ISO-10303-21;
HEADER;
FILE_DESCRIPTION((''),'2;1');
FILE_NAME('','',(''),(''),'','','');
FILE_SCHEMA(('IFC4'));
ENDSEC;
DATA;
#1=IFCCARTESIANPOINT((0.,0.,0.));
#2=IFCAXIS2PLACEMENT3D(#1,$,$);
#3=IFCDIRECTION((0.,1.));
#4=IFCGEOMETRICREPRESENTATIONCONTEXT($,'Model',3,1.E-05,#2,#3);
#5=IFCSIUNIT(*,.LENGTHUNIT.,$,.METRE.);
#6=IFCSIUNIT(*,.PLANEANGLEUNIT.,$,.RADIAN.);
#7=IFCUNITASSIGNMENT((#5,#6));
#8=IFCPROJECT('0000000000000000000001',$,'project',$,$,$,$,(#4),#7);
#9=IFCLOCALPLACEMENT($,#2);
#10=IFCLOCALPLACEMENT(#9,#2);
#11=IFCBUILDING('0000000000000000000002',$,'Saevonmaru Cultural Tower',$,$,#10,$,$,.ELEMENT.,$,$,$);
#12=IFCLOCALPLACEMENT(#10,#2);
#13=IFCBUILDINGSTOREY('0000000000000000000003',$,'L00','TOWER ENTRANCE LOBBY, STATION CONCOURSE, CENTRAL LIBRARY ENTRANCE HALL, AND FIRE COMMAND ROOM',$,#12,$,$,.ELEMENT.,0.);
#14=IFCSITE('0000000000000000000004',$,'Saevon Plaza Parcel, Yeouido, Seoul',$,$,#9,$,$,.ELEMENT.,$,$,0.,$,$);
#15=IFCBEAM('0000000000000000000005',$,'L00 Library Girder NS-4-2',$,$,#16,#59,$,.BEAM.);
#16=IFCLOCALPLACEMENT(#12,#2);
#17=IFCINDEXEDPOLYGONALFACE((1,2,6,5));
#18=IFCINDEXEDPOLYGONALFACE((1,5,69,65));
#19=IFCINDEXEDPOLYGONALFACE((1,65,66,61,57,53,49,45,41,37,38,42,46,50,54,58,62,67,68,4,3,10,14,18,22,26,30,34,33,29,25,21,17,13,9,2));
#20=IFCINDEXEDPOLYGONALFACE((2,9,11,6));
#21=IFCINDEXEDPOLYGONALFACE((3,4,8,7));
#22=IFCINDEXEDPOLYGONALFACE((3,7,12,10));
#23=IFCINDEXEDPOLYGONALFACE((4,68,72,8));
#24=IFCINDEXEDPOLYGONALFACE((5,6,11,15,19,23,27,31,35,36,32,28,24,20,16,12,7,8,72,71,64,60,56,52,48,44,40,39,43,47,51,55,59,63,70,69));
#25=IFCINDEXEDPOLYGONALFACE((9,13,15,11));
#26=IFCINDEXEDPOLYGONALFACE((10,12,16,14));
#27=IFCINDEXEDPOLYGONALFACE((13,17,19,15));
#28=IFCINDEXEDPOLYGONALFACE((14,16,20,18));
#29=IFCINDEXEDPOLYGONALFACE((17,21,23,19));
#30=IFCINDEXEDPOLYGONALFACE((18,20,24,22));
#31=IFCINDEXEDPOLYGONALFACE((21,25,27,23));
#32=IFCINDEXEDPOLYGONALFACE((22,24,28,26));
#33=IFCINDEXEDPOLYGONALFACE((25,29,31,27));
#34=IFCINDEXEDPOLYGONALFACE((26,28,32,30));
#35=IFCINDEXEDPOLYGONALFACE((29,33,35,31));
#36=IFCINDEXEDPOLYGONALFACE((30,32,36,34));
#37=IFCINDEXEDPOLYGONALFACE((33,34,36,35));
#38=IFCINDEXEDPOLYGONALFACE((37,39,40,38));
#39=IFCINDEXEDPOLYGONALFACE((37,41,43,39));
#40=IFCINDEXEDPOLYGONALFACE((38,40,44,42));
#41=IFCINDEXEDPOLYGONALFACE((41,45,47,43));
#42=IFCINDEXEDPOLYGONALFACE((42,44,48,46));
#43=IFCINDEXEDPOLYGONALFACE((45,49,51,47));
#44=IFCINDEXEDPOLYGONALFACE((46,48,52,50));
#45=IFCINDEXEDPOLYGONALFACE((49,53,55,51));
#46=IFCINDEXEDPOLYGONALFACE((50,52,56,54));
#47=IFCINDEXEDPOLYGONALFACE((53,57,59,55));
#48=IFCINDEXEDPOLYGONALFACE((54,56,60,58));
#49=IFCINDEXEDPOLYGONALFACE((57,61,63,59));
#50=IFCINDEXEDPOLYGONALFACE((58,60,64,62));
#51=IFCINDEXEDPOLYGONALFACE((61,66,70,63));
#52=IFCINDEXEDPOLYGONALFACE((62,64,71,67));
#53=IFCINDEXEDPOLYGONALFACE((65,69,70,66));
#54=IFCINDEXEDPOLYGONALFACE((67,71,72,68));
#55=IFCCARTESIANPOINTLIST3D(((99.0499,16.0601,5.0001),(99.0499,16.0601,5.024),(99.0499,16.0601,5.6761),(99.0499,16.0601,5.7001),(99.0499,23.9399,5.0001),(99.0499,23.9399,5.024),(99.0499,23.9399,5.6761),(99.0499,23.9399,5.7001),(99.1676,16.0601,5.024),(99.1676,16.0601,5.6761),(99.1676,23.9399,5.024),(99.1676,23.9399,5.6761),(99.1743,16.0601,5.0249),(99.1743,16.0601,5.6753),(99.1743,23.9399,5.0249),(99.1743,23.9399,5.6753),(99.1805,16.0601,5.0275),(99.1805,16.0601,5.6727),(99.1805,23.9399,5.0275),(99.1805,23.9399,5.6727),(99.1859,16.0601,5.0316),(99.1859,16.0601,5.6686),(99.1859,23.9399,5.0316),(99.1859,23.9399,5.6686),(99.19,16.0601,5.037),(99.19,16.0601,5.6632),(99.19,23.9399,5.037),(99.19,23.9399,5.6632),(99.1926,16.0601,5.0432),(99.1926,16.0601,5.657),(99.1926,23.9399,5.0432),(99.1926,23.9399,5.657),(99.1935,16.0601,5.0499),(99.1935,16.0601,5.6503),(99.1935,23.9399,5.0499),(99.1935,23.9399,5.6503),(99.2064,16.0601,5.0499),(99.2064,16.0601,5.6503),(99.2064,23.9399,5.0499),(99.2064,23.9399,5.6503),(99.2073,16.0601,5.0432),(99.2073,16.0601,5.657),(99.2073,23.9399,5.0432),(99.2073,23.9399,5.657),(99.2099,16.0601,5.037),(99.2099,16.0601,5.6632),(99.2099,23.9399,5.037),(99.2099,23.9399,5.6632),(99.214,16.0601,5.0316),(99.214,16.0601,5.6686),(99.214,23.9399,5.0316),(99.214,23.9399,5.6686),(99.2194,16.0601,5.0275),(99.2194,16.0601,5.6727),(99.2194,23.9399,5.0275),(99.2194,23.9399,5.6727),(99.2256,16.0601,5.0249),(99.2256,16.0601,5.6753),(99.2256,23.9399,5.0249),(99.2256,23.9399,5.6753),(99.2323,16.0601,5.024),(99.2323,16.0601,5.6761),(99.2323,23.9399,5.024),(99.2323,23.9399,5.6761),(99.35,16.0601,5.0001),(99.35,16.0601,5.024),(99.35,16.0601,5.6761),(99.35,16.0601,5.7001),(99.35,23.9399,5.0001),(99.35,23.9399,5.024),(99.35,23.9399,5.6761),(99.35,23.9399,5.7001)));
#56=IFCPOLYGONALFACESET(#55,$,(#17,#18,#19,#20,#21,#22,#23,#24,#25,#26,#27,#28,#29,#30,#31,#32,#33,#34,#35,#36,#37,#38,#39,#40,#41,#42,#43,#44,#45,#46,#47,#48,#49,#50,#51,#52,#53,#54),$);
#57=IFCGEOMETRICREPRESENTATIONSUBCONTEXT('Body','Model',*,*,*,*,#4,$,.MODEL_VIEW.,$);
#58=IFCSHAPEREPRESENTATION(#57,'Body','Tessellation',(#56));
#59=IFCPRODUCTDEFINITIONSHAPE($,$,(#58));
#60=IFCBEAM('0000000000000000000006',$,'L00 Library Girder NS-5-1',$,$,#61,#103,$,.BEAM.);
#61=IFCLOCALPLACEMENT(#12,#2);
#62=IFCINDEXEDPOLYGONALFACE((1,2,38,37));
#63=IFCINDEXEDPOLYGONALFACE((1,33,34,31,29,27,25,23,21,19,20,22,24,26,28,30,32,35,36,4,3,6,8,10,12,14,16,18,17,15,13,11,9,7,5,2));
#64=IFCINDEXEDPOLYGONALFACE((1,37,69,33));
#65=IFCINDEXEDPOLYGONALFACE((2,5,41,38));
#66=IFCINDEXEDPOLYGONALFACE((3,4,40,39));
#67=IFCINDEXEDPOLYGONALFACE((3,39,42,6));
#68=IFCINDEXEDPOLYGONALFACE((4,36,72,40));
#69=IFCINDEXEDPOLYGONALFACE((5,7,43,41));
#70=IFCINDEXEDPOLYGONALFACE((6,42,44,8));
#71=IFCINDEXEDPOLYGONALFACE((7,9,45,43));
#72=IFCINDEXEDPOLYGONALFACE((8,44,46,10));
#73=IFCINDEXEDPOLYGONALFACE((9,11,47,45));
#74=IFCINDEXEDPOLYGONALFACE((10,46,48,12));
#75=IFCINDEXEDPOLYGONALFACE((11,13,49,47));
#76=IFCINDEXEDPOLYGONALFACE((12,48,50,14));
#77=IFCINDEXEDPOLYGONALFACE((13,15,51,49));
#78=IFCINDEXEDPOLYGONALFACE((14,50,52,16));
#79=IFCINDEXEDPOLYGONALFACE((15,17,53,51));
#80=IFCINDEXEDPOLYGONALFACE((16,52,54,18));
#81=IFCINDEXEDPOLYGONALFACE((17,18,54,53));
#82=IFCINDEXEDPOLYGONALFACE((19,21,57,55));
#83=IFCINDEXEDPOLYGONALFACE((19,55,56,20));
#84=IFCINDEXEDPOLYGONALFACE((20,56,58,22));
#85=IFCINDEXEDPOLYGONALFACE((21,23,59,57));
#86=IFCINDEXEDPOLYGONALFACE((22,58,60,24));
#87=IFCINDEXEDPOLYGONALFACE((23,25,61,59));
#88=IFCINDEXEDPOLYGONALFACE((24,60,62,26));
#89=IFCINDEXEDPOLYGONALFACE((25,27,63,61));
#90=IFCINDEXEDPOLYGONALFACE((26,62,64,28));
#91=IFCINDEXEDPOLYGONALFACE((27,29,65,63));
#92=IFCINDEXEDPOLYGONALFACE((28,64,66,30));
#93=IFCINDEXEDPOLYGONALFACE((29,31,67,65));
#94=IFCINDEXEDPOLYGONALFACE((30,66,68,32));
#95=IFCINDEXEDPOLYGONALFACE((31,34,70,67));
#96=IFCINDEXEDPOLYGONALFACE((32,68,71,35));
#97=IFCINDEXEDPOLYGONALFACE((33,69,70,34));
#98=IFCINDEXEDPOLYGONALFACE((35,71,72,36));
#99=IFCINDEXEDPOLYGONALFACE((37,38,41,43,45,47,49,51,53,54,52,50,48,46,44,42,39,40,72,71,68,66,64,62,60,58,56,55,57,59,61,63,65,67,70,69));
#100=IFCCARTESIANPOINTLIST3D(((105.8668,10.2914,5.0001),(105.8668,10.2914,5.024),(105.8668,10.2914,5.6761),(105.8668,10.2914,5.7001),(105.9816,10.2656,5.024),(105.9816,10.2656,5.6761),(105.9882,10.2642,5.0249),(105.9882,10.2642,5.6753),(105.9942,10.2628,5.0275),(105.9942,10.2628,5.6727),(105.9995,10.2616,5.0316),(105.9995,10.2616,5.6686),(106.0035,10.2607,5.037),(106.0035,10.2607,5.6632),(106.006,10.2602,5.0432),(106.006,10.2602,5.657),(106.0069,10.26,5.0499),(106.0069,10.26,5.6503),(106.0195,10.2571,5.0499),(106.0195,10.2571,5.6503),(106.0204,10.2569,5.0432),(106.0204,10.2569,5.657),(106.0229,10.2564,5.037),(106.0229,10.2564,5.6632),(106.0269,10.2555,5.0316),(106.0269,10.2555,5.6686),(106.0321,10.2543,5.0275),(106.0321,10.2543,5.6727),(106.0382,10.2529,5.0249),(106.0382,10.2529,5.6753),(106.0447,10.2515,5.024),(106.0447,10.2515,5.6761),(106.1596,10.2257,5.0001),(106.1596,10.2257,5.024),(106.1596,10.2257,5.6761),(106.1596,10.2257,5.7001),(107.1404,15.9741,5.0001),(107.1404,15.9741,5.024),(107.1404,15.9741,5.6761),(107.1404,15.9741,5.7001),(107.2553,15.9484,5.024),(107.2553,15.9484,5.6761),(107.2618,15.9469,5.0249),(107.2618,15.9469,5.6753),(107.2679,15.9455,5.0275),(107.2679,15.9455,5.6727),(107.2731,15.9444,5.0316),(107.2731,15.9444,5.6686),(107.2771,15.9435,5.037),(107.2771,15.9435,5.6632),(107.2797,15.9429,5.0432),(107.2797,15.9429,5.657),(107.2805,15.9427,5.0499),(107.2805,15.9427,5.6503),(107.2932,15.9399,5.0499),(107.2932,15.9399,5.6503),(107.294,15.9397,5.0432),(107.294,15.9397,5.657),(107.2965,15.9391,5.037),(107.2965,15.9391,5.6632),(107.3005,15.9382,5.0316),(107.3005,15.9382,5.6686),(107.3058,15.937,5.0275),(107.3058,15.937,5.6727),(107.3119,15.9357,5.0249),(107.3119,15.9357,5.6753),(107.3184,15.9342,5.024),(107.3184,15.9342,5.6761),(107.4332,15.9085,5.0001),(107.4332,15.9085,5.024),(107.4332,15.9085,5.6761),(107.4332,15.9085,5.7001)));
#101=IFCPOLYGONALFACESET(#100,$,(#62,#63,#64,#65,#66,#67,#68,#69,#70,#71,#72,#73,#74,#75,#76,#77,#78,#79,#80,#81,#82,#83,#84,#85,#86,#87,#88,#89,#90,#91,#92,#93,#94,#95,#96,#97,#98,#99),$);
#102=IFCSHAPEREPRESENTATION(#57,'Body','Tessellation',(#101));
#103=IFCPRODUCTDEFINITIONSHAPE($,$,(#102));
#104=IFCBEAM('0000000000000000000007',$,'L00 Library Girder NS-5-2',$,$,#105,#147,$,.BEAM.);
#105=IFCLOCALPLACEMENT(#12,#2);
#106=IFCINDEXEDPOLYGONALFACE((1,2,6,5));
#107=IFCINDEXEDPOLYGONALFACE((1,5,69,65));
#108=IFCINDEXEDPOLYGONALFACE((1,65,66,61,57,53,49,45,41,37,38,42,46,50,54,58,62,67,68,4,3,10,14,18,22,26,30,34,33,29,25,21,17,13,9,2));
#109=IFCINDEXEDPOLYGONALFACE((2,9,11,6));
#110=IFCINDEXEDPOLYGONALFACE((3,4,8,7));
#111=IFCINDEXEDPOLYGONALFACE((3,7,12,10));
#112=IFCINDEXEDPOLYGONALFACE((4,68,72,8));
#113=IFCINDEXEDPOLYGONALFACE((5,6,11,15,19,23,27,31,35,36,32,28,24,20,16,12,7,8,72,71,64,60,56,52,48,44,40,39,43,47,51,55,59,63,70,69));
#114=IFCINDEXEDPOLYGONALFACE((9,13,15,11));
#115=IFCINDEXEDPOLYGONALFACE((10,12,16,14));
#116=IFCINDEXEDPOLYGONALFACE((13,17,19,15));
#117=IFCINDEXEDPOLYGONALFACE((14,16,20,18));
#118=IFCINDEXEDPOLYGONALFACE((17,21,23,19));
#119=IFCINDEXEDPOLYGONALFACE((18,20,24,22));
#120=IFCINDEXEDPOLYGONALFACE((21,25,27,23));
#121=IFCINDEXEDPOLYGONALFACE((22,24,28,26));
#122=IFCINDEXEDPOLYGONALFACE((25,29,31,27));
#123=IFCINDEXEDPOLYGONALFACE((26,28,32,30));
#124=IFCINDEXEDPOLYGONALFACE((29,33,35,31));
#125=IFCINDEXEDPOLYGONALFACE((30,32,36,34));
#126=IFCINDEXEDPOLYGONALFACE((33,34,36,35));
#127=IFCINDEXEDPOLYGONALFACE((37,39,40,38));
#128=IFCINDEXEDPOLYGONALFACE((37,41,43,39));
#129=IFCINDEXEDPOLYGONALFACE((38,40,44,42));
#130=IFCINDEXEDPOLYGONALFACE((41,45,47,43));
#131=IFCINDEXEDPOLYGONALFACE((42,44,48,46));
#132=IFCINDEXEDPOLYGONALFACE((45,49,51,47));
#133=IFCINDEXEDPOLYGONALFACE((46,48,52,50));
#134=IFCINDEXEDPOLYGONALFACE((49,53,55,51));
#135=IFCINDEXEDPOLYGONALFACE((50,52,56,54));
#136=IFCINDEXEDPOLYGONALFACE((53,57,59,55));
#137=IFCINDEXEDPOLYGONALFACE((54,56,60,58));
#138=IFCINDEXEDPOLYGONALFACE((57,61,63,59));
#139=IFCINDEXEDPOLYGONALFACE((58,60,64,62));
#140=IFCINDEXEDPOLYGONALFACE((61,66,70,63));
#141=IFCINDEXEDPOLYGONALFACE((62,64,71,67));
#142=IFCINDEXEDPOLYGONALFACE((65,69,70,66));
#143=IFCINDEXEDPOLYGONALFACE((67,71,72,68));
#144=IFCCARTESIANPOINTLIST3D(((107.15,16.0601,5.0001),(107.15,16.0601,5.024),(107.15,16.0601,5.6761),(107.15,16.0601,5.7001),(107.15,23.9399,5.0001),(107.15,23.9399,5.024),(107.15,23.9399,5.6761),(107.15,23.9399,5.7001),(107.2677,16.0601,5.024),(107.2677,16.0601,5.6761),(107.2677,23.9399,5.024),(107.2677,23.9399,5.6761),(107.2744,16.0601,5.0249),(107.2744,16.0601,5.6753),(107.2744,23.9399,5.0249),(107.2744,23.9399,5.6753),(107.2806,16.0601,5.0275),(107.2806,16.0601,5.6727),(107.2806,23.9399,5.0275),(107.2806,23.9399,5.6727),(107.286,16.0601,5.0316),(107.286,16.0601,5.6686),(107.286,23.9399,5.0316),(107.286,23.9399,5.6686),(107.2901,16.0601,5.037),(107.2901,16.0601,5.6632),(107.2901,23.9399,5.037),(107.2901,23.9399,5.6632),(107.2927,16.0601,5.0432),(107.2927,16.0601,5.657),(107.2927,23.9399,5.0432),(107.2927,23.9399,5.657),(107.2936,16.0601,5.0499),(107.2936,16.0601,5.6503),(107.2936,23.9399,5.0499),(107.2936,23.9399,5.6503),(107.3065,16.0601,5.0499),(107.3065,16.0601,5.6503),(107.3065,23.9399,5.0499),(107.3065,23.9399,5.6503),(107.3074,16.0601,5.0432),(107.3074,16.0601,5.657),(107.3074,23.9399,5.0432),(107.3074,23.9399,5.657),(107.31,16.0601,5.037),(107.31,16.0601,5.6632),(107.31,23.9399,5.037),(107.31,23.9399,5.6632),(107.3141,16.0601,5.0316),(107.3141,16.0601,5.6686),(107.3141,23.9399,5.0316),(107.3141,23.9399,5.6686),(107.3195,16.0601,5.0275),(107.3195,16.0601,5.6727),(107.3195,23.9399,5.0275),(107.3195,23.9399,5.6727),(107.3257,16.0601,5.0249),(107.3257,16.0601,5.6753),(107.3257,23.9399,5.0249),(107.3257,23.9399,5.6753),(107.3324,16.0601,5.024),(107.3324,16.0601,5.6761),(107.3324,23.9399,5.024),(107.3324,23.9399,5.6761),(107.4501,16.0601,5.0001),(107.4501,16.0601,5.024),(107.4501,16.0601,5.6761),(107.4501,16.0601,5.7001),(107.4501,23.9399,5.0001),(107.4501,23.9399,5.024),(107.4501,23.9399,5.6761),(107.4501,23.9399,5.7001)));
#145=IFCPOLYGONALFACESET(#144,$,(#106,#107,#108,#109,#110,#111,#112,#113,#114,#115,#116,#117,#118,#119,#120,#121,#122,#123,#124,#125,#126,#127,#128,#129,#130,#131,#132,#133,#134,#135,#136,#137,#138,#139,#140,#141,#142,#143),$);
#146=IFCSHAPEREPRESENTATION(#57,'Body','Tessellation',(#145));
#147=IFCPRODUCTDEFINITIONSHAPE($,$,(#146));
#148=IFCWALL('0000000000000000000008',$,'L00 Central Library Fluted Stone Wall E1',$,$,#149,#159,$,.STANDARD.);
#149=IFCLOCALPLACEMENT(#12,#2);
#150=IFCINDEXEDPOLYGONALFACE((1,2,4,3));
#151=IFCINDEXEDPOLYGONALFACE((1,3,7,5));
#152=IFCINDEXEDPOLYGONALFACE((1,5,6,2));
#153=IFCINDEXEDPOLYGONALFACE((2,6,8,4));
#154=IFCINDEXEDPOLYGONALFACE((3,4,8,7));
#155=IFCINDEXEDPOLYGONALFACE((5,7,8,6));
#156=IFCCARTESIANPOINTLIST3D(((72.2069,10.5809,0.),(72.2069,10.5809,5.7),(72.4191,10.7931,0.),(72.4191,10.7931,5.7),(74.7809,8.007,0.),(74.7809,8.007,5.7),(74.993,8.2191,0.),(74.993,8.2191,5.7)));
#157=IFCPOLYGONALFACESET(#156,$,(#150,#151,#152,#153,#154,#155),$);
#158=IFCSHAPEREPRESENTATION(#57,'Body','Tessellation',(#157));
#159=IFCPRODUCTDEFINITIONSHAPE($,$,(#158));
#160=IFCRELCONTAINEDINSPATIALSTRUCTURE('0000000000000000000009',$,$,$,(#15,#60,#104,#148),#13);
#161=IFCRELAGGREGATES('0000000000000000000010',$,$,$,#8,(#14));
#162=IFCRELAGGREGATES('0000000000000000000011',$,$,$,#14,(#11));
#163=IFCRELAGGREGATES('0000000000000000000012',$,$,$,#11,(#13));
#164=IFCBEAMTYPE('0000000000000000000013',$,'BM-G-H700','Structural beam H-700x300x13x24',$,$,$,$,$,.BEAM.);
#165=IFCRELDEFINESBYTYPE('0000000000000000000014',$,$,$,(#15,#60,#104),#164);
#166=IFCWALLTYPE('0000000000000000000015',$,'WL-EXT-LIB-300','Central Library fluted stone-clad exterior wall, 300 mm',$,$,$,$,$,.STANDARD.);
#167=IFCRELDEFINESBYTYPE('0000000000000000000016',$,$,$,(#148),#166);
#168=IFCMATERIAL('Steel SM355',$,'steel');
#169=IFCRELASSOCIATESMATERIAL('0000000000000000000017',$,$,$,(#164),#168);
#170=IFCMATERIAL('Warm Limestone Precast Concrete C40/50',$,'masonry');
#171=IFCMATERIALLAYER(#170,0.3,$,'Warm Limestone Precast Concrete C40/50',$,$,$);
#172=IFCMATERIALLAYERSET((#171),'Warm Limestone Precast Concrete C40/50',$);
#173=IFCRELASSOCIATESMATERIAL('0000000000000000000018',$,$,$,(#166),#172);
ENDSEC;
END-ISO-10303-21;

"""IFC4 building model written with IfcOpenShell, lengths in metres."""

from ifc_helpers import new_model, si_unit, direction, frame, frame_2d, origin, origin_2d, place, context, subcontext, project, spatial, rectangle, i_section, extrude, material, layer, layer_set, material_profile, profile_set, type_object, element, save


model = new_model("IFC4")

# Units and contexts
model_context = context("Model", 3, precision=1e-05, world=origin(), true_north=direction((0.0, 1.0)))
body_context = subcontext(model_context, "Body", "Model", "MODEL_VIEW")
ifc_project = project(units=[si_unit("LENGTHUNIT", "METRE"), si_unit("PLANEANGLEUNIT", "RADIAN")], contexts=[model_context])

# Site, building, storey
site_placement = place(None, origin())
site = spatial("IfcSite", under=ifc_project, at=site_placement, Name="Saevon Plaza Parcel, Yeouido, Seoul", CompositionType="ELEMENT", RefElevation=0.0)
building_placement = place(site_placement, origin())
building = spatial("IfcBuilding", under=site, at=building_placement, Name="Saevonmaru Cultural Tower", CompositionType="ELEMENT")
storey_placement = place(building_placement, origin())
storey = spatial("IfcBuildingStorey", under=building, at=storey_placement, Name="L00", Description="TOWER ENTRANCE LOBBY, STATION CONCOURSE, CENTRAL LIBRARY ENTRANCE HALL, AND FIRE COMMAND ROOM", CompositionType="ELEMENT", Elevation=0.0)

# Shared definitions
ifc_material_1 = material(Name="Steel SM355", Category="steel")

# Beams
ifc_material_profile_1 = material_profile(ifc_material_1, i_section(OverallWidth=0.3, OverallDepth=0.7, WebThickness=0.0129, FlangeThickness=0.0239, FilletRadius=0.0259, at=origin_2d()), Name="H-700x300x13x24")
ifc_profile_set_1 = profile_set([ifc_material_profile_1], Name="Steel SM355")
beam_type = type_object("IfcBeamType", Name="BM-G-H700", Description="Structural beam H-700x300x13x24", PredefinedType="BEAM", material=ifc_profile_set_1)
beam_1_placement = place(storey_placement, frame((99.2, 16.0601, 5.3501), z_axis=(0.0, 1.0, 0.0), x_axis=(-1.0, 0.0, 0.0)))
element("IfcBeam", 1, at=beam_1_placement, inside=storey, type_object=beam_type, Name="L00 Library Girder NS-4-2", PredefinedType="BEAM", context=body_context, shape_type="SweptSolid", body=[
    extrude(i_section(OverallWidth=0.3, OverallDepth=0.7, WebThickness=0.0129, FlangeThickness=0.0239, FilletRadius=0.0259, at=origin_2d()), origin(), (0.0, 0.0, 1.0), 7.8799),
])
beam_2_placement = place(storey_placement, frame((106.0132, 10.2585, 5.3501), z_axis=(0.218701, 0.975792, 0.0), x_axis=(-0.975792, 0.218701, 0.0)))
element("IfcBeam", 2, at=beam_2_placement, inside=storey, type_object=beam_type, Name="L00 Library Girder NS-5-1", PredefinedType="BEAM", context=body_context, shape_type="SweptSolid", body=[
    extrude(i_section(OverallWidth=0.3, OverallDepth=0.7, WebThickness=0.0129, FlangeThickness=0.0239, FilletRadius=0.0259, at=origin_2d()), origin(), (0.0, 0.0, 1.0), 5.8237),
])
beam_3_placement = place(storey_placement, frame((107.3, 16.0601, 5.3501), z_axis=(0.0, 1.0, 0.0), x_axis=(-1.0, 0.0, 0.0)))
element("IfcBeam", 3, at=beam_3_placement, inside=storey, type_object=beam_type, Name="L00 Library Girder NS-5-2", PredefinedType="BEAM", context=body_context, shape_type="SweptSolid", body=[
    extrude(i_section(OverallWidth=0.3, OverallDepth=0.7, WebThickness=0.0129, FlangeThickness=0.0239, FilletRadius=0.0259, at=origin_2d()), origin(), (0.0, 0.0, 1.0), 7.8799),
])

# Wall
ifc_material_2 = material(Name="Warm Limestone Precast Concrete C40/50", Category="masonry")
ifc_layer_1 = layer(ifc_material_2, 0.3, Name="Warm Limestone Precast Concrete C40/50")
ifc_layer_set_1 = layer_set([ifc_layer_1], Name="Warm Limestone Precast Concrete C40/50")
wall_type_1 = type_object("IfcWallType", Name="WL-EXT-LIB-300", Description="Central Library fluted stone-clad exterior wall, 300 mm", PredefinedType="STANDARD", material=ifc_layer_set_1)
wall_1_placement = place(storey_placement, frame((74.887, 8.113, 0.0), z_axis=(0.0, 0.0, 1.0), x_axis=(-0.707107, 0.707107, 0.0)))
element("IfcWall", 4, at=wall_1_placement, inside=storey, type_object=wall_type_1, Name="L00 Central Library Fluted Stone Wall E1", PredefinedType="STANDARD", context=body_context, shape_type="SweptSolid", body=[
    extrude(rectangle(XDim=3.6401, YDim=0.3, at=frame_2d((1.8201, 0.0))), origin(), (0.0, 0.0, 1.0), 5.7),
])

save(model, "model.ifc")
